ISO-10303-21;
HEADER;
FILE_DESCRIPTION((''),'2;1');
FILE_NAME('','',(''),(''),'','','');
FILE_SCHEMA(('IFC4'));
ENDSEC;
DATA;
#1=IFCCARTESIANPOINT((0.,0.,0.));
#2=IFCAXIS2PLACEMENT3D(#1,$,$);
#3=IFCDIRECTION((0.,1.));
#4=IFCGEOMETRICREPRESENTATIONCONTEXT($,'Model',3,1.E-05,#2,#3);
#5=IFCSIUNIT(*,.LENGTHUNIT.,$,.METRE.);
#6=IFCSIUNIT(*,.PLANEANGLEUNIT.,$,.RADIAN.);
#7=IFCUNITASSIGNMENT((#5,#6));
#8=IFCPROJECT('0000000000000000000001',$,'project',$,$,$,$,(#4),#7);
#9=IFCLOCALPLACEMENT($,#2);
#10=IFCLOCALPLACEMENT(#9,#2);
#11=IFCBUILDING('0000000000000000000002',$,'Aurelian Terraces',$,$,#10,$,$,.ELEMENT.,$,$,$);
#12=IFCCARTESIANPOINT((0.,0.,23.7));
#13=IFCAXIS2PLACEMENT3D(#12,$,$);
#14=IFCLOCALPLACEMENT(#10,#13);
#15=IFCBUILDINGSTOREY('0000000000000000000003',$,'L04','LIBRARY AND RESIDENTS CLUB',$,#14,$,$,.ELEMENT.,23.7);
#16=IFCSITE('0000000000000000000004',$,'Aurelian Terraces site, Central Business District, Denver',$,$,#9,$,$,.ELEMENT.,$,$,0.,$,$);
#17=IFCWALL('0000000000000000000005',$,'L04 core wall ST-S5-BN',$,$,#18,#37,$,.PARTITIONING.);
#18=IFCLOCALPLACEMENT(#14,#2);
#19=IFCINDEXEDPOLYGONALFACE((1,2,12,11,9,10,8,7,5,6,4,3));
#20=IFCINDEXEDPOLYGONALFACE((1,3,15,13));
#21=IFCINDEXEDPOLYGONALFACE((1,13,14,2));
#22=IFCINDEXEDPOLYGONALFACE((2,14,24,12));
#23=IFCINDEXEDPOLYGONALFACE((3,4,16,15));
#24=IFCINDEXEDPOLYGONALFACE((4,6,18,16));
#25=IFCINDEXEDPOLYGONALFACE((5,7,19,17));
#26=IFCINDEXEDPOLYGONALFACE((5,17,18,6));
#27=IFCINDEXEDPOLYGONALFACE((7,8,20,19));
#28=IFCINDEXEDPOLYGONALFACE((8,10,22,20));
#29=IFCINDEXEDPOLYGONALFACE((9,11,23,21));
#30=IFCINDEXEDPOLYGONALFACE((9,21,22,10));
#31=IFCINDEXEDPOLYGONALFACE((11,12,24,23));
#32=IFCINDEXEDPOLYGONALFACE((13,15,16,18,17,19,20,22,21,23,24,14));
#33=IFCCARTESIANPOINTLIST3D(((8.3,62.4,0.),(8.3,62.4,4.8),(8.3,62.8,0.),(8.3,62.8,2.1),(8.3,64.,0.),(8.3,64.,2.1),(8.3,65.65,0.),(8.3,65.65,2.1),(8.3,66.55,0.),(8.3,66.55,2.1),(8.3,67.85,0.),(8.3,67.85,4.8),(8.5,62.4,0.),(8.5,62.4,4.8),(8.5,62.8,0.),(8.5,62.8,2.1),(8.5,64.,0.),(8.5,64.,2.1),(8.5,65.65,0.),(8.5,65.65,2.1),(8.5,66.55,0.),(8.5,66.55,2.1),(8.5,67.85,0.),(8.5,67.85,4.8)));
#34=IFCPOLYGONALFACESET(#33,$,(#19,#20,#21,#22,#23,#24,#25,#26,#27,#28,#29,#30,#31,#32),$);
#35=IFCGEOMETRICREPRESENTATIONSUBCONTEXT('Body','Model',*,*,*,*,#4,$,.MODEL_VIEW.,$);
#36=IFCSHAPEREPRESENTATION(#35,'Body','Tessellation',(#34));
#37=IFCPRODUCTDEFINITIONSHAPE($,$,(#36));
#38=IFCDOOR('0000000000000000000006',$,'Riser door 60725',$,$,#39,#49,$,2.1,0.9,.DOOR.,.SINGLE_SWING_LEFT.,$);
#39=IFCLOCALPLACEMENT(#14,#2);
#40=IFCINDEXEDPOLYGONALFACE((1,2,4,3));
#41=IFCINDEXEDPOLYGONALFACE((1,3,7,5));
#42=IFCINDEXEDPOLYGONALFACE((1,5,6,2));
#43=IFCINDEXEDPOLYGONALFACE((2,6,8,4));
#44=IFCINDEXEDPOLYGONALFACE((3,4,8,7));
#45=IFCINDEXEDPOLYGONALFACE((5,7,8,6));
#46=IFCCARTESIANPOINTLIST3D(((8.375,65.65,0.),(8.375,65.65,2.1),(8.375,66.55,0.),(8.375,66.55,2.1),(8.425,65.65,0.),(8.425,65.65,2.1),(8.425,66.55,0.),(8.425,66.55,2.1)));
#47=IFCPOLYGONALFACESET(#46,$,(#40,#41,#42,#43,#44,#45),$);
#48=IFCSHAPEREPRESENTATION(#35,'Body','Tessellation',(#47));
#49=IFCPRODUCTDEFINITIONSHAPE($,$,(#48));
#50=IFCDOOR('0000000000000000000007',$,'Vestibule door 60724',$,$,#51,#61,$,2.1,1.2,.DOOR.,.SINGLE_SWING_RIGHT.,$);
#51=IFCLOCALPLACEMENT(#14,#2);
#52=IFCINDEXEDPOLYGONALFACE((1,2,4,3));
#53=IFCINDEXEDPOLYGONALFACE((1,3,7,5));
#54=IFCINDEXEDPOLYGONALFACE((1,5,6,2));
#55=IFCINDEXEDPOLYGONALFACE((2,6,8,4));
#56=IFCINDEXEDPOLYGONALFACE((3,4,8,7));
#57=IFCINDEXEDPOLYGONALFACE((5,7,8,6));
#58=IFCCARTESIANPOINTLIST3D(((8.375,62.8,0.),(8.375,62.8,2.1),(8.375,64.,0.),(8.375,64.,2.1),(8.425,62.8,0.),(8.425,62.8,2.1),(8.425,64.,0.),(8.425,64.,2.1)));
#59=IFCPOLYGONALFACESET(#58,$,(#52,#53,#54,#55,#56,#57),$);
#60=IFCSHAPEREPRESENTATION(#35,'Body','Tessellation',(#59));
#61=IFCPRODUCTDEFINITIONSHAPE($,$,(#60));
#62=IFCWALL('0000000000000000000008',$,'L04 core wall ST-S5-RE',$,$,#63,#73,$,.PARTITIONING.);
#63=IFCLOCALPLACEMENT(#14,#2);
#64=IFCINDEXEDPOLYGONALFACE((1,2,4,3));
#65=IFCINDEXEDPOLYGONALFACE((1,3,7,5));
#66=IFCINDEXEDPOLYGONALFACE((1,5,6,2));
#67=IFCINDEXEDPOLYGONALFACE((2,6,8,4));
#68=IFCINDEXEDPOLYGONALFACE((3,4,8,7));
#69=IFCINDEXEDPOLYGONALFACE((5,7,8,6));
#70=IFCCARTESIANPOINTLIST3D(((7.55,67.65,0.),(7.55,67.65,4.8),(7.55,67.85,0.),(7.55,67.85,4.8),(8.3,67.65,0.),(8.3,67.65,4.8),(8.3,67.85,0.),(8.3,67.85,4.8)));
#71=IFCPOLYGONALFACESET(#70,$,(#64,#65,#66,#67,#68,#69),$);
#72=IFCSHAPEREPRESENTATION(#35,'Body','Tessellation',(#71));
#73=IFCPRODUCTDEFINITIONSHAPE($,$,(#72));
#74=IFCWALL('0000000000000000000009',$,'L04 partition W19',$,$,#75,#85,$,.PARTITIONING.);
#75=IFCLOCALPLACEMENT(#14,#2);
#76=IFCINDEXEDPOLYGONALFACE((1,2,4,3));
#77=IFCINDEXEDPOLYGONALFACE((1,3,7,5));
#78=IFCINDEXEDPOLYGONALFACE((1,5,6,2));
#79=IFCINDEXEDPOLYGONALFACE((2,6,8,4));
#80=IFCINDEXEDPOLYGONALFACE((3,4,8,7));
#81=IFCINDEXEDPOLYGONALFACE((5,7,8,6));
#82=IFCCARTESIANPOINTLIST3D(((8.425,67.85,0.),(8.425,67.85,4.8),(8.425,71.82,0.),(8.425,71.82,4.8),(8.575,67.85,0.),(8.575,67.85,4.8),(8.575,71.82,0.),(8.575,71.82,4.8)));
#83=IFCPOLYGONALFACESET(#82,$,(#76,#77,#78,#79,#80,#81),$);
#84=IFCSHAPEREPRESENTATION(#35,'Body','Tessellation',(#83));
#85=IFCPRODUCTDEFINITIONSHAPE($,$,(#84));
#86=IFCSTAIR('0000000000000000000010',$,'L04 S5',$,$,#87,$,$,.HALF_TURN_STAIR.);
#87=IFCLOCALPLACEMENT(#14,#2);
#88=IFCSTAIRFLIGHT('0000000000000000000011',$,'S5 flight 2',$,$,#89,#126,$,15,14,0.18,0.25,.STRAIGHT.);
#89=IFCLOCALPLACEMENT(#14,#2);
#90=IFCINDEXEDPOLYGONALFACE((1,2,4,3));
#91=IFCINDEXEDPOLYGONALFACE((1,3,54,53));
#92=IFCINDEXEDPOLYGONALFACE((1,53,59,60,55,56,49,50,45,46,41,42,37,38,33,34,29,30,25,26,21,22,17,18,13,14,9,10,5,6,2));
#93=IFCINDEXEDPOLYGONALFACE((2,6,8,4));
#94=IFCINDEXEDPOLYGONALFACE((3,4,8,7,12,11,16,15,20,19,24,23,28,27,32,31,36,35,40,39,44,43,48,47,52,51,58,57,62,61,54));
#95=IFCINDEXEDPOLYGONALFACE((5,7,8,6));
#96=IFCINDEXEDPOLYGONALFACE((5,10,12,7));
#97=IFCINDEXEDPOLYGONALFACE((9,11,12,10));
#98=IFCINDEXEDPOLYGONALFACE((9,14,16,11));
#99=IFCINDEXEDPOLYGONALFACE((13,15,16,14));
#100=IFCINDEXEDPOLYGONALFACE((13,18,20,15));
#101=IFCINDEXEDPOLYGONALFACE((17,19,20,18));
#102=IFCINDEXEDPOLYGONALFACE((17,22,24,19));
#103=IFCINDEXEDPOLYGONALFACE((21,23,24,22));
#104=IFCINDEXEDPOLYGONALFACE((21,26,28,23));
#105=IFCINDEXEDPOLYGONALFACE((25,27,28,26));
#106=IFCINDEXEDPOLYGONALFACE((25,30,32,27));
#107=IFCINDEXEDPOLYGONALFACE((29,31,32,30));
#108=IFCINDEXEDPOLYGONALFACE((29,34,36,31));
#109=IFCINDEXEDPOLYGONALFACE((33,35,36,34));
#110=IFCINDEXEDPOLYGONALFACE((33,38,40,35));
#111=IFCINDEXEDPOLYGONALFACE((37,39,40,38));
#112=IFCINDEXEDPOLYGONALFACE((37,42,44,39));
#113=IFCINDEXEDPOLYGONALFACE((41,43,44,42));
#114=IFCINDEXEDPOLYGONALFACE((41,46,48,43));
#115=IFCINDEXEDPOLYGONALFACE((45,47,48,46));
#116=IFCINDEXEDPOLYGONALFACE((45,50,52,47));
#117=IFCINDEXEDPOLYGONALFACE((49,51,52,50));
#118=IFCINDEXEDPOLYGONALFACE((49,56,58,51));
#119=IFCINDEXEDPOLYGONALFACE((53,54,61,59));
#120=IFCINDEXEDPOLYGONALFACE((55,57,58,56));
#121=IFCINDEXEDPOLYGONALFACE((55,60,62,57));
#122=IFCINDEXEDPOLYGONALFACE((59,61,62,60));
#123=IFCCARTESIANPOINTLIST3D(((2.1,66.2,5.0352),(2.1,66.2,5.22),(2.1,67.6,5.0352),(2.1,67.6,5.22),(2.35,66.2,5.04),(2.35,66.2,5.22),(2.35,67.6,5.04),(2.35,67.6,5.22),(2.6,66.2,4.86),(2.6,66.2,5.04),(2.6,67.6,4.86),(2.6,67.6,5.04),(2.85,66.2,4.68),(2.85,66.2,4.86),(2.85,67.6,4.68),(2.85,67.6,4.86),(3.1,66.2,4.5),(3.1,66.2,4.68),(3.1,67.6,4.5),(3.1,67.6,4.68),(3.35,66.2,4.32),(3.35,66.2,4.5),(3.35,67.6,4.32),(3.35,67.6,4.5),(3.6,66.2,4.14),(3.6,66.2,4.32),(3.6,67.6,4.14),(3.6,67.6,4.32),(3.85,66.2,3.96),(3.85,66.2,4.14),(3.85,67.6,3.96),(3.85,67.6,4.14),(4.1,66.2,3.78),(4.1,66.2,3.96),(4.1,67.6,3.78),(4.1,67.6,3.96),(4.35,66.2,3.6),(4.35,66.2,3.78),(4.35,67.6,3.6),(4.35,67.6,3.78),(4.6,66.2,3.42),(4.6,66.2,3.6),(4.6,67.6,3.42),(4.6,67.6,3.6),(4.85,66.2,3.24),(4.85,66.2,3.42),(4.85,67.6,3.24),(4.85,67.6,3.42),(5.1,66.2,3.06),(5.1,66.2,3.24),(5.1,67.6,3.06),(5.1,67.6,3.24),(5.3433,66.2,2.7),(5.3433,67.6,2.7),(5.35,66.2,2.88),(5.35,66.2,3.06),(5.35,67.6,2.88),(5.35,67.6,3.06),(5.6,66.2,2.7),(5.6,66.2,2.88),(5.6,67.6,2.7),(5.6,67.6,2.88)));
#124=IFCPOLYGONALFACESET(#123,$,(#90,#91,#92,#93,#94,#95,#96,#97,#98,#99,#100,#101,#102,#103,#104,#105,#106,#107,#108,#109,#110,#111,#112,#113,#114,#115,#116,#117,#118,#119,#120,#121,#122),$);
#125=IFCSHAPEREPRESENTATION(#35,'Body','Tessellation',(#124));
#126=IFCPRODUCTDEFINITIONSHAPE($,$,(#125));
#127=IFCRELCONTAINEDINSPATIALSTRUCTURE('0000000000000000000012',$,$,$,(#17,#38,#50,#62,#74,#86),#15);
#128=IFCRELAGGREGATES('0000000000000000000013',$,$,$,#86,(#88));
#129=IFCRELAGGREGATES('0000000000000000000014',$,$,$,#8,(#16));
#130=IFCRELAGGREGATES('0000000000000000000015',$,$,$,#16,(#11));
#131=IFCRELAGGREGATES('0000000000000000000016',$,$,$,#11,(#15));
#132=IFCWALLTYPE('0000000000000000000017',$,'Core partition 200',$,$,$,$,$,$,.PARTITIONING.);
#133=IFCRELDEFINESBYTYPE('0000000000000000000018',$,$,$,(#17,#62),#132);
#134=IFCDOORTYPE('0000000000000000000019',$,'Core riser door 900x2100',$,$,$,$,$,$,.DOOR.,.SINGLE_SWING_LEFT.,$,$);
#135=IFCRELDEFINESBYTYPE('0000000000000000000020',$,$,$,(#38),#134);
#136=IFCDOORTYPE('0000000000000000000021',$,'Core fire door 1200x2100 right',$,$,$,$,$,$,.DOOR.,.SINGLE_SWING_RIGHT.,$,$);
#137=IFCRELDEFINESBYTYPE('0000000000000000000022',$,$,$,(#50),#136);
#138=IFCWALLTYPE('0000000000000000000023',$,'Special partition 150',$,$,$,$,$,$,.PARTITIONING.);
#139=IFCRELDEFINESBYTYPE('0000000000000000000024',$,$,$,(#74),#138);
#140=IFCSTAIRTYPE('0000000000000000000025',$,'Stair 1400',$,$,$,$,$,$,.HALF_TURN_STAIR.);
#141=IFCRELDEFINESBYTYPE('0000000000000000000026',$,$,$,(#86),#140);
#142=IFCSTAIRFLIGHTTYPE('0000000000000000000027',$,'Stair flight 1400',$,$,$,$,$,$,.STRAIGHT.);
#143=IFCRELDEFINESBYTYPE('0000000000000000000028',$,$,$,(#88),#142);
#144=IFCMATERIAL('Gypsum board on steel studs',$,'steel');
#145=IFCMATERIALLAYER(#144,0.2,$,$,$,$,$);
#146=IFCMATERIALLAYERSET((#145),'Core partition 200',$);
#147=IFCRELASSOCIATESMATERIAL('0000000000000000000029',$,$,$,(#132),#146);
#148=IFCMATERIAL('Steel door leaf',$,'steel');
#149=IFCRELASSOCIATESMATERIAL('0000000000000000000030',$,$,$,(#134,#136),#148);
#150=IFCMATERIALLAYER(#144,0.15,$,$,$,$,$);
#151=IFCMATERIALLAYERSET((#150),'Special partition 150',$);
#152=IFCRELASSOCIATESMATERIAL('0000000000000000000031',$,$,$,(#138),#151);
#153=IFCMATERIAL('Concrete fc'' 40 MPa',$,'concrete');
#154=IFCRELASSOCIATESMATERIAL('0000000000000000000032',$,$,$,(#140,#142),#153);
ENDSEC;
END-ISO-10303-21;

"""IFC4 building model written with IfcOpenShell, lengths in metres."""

from ifc_helpers import new_model, si_unit, direction, frame, frame_2d, origin, place, context, subcontext, project, spatial, polyline, rectangle, outline, extrude, source, transform, mapped, material, layer, layer_set, type_object, element, fill, aggregate, save


model = new_model("IFC4")

# Units and contexts
model_context = context("Model", 3, precision=1e-05, world=origin(), true_north=direction((0.0, 1.0)))
body_context = subcontext(model_context, "Body", "Model", "MODEL_VIEW")
ifc_project = project(units=[si_unit("LENGTHUNIT", "METRE"), si_unit("PLANEANGLEUNIT", "RADIAN")], contexts=[model_context])

# Site, building, storey
site_placement = place(None, origin())
site = spatial("IfcSite", under=ifc_project, at=site_placement, Name="Aurelian Terraces site, Central Business District, Denver", CompositionType="ELEMENT", RefElevation=0.0)
building_placement = place(site_placement, origin())
building = spatial("IfcBuilding", under=site, at=building_placement, Name="Aurelian Terraces", CompositionType="ELEMENT")
storey_placement = place(building_placement, frame((0.0, 0.0, 23.7)))
storey = spatial("IfcBuildingStorey", under=building, at=storey_placement, Name="L04", Description="LIBRARY AND RESIDENTS CLUB", CompositionType="ELEMENT", Elevation=23.7)

# Shared definitions
ifc_material_1 = material(Name="Concrete fc' 40 MPa", Category="concrete")

# Wall, openings, doors
ifc_material_2 = material(Name="Gypsum board on steel studs", Category="steel")
ifc_layer_1 = layer(ifc_material_2, 0.2)
ifc_layer_set_1 = layer_set([ifc_layer_1], Name="Core partition 200")
wall_type_1 = type_object("IfcWallType", Name="Core partition 200", PredefinedType="PARTITIONING", material=ifc_layer_set_1)
shared_shape_1 = source(origin(), body_context, "Body", "SweptSolid", [
    extrude(rectangle(XDim=5.45, YDim=0.2, at=frame_2d((2.725, 0.0))), origin(), (0.0, 0.0, 1.0), 4.8),
])
wall_1_placement = place(storey_placement, frame((8.4, 62.4, 0.0), z_axis=(0.0, 0.0, 1.0), x_axis=(0.0, 1.0, 0.0)))
wall_1 = element("IfcWall", 1, at=wall_1_placement, inside=storey, type_object=wall_type_1, Name="L04 core wall ST-S5-BN", PredefinedType="PARTITIONING", context=body_context, shape_type="MappedRepresentation", body=[
    mapped(shared_shape_1, transform((0.0, 0.0, 0.0), scale=1.0)),
])
shared_shape_2 = source(origin(), body_context, "Body", "SweptSolid", [
    extrude(rectangle(XDim=1.2, YDim=2.1, at=frame_2d((0.6, 1.05))), frame((0.0, 0.11, 0.0), z_axis=(0.0, -1.0, 0.0), x_axis=(1.0, 0.0, 0.0)), (0.0, 0.0, 1.0), 0.22),
])
opening_1_placement = place(wall_1_placement, frame((0.4, 0.0, 0.0)))
opening_1 = element("IfcOpeningElement", 2, at=opening_1_placement, cuts=wall_1, PredefinedType="OPENING", context=body_context, shape_type="MappedRepresentation", body=[
    mapped(shared_shape_2, transform((0.0, 0.0, 0.0), scale=1.0)),
])
shared_shape_3 = source(origin(), body_context, "Body", "SweptSolid", [
    extrude(rectangle(XDim=0.9, YDim=2.1, at=frame_2d((0.45, 1.05))), frame((0.0, 0.11, 0.0), z_axis=(0.0, -1.0, 0.0), x_axis=(1.0, 0.0, 0.0)), (0.0, 0.0, 1.0), 0.22),
])
opening_2_placement = place(wall_1_placement, frame((3.25, 0.0, 0.0)))
opening_2 = element("IfcOpeningElement", 3, at=opening_2_placement, cuts=wall_1, PredefinedType="OPENING", context=body_context, shape_type="MappedRepresentation", body=[
    mapped(shared_shape_3, transform((0.0, 0.0, 0.0), scale=1.0)),
])
ifc_material_3 = material(Name="Steel door leaf", Category="steel")
door_type_1 = type_object("IfcDoorType", Name="Core riser door 900x2100", OperationType="SINGLE_SWING_LEFT", PredefinedType="DOOR", material=ifc_material_3)
shared_shape_4 = source(origin(), body_context, "Body", "SweptSolid", [
    extrude(rectangle(XDim=0.9, YDim=2.1, at=frame_2d((0.45, 1.05))), frame((0.0, 0.025, 0.0), z_axis=(0.0, -1.0, 0.0), x_axis=(1.0, 0.0, 0.0)), (0.0, 0.0, 1.0), 0.05),
])
door_1_placement = place(opening_2_placement, origin())
door_1 = element("IfcDoor", 4, at=door_1_placement, inside=storey, type_object=door_type_1, Name="Riser door 60725", OperationType="SINGLE_SWING_LEFT", OverallHeight=2.1, OverallWidth=0.9, PredefinedType="DOOR", context=body_context, shape_type="MappedRepresentation", body=[
    mapped(shared_shape_4, transform((0.0, 0.0, 0.0), scale=1.0)),
])
fill(opening_2, door_1)
door_type_2 = type_object("IfcDoorType", Name="Core fire door 1200x2100 right", OperationType="SINGLE_SWING_RIGHT", PredefinedType="DOOR", material=ifc_material_3)
shared_shape_5 = source(origin(), body_context, "Body", "SweptSolid", [
    extrude(rectangle(XDim=1.2, YDim=2.1, at=frame_2d((0.6, 1.05))), frame((0.0, 0.025, 0.0), z_axis=(0.0, -1.0, 0.0), x_axis=(1.0, 0.0, 0.0)), (0.0, 0.0, 1.0), 0.05),
])
door_2_placement = place(opening_1_placement, origin())
door_2 = element("IfcDoor", 5, at=door_2_placement, inside=storey, type_object=door_type_2, Name="Vestibule door 60724", OperationType="SINGLE_SWING_RIGHT", OverallHeight=2.1, OverallWidth=1.2, PredefinedType="DOOR", context=body_context, shape_type="MappedRepresentation", body=[
    mapped(shared_shape_5, transform((0.0, 0.0, 0.0), scale=1.0)),
])
fill(opening_1, door_2)

# Walls
shared_shape_6 = source(origin(), body_context, "Body", "SweptSolid", [
    extrude(rectangle(XDim=0.75, YDim=0.2, at=frame_2d((0.375, 0.0))), origin(), (0.0, 0.0, 1.0), 4.8),
])
wall_2_placement = place(storey_placement, frame((7.55, 67.75, 0.0), z_axis=(0.0, 0.0, 1.0), x_axis=(1.0, 0.0, 0.0)))
element("IfcWall", 6, at=wall_2_placement, inside=storey, type_object=wall_type_1, Name="L04 core wall ST-S5-RE", PredefinedType="PARTITIONING", context=body_context, shape_type="MappedRepresentation", body=[
    mapped(shared_shape_6, transform((0.0, 0.0, 0.0), scale=1.0)),
])
ifc_layer_2 = layer(ifc_material_2, 0.15)
ifc_layer_set_2 = layer_set([ifc_layer_2], Name="Special partition 150")
wall_type_2 = type_object("IfcWallType", Name="Special partition 150", PredefinedType="PARTITIONING", material=ifc_layer_set_2)
shared_shape_7 = source(origin(), body_context, "Body", "SweptSolid", [
    extrude(rectangle(XDim=3.97, YDim=0.15, at=frame_2d((1.985, 0.0))), origin(), (0.0, 0.0, 1.0), 4.8),
])
wall_3_placement = place(storey_placement, frame((8.5, 67.85, 0.0), z_axis=(0.0, 0.0, 1.0), x_axis=(0.0, 1.0, 0.0)))
element("IfcWall", 7, at=wall_3_placement, inside=storey, type_object=wall_type_2, Name="L04 partition W19", PredefinedType="PARTITIONING", context=body_context, shape_type="MappedRepresentation", body=[
    mapped(shared_shape_7, transform((0.0, 0.0, 0.0), scale=1.0)),
])

# Stair, stair flight
stair_type = type_object("IfcStairType", Name="Stair 1400", PredefinedType="HALF_TURN_STAIR", material=ifc_material_1)
stair_placement = place(storey_placement, origin())
stair = element("IfcStair", 8, at=stair_placement, inside=storey, type_object=stair_type, Name="L04 S5", PredefinedType="HALF_TURN_STAIR")
stair_flight_type = type_object("IfcStairFlightType", Name="Stair flight 1400", PredefinedType="STRAIGHT", material=ifc_material_1)
shared_shape_8 = source(origin(), body_context, "Body", "SweptSolid", [
    extrude(outline(polyline([(0.0, 0.0), (0.0, 0.18), (0.25, 0.18), (0.25, 0.36), (0.5, 0.36), (0.5, 0.54), (0.75, 0.54), (0.75, 0.72), (1.0, 0.72), (1.0, 0.9), (1.25, 0.9), (1.25, 1.08), (1.5, 1.08), (1.5, 1.26), (1.75, 1.26), (1.75, 1.44), (2.0, 1.44), (2.0, 1.62), (2.25, 1.62), (2.25, 1.8), (2.5, 1.8), (2.5, 1.98), (2.75, 1.98), (2.75, 2.16), (3.0, 2.16), (3.0, 2.34), (3.25, 2.34), (3.25, 2.52), (3.5, 2.52), (3.5, 2.7), (3.5, 2.3352), (0.2567, 0.0), (0.0, 0.0)])), frame((0.0, 0.7, 0.0), z_axis=(0.0, -1.0, 0.0), x_axis=(1.0, 0.0, 0.0)), (0.0, 0.0, 1.0), 1.4),
])
stair_flight_placement = place(storey_placement, frame((5.6, 66.9, 2.7), z_axis=(0.0, 0.0, 1.0), x_axis=(-1.0, 0.0, 0.0)))
stair_flight = element("IfcStairFlight", 9, at=stair_flight_placement, type_object=stair_flight_type, Name="S5 flight 2", NumberOfRisers=15, NumberOfTreads=14, PredefinedType="STRAIGHT", RiserHeight=0.18, TreadLength=0.25, context=body_context, shape_type="MappedRepresentation", body=[
    mapped(shared_shape_8, transform((0.0, 0.0, 0.0), scale=1.0)),
])
aggregate(stair, [stair_flight])

save(model, "model.ifc")
